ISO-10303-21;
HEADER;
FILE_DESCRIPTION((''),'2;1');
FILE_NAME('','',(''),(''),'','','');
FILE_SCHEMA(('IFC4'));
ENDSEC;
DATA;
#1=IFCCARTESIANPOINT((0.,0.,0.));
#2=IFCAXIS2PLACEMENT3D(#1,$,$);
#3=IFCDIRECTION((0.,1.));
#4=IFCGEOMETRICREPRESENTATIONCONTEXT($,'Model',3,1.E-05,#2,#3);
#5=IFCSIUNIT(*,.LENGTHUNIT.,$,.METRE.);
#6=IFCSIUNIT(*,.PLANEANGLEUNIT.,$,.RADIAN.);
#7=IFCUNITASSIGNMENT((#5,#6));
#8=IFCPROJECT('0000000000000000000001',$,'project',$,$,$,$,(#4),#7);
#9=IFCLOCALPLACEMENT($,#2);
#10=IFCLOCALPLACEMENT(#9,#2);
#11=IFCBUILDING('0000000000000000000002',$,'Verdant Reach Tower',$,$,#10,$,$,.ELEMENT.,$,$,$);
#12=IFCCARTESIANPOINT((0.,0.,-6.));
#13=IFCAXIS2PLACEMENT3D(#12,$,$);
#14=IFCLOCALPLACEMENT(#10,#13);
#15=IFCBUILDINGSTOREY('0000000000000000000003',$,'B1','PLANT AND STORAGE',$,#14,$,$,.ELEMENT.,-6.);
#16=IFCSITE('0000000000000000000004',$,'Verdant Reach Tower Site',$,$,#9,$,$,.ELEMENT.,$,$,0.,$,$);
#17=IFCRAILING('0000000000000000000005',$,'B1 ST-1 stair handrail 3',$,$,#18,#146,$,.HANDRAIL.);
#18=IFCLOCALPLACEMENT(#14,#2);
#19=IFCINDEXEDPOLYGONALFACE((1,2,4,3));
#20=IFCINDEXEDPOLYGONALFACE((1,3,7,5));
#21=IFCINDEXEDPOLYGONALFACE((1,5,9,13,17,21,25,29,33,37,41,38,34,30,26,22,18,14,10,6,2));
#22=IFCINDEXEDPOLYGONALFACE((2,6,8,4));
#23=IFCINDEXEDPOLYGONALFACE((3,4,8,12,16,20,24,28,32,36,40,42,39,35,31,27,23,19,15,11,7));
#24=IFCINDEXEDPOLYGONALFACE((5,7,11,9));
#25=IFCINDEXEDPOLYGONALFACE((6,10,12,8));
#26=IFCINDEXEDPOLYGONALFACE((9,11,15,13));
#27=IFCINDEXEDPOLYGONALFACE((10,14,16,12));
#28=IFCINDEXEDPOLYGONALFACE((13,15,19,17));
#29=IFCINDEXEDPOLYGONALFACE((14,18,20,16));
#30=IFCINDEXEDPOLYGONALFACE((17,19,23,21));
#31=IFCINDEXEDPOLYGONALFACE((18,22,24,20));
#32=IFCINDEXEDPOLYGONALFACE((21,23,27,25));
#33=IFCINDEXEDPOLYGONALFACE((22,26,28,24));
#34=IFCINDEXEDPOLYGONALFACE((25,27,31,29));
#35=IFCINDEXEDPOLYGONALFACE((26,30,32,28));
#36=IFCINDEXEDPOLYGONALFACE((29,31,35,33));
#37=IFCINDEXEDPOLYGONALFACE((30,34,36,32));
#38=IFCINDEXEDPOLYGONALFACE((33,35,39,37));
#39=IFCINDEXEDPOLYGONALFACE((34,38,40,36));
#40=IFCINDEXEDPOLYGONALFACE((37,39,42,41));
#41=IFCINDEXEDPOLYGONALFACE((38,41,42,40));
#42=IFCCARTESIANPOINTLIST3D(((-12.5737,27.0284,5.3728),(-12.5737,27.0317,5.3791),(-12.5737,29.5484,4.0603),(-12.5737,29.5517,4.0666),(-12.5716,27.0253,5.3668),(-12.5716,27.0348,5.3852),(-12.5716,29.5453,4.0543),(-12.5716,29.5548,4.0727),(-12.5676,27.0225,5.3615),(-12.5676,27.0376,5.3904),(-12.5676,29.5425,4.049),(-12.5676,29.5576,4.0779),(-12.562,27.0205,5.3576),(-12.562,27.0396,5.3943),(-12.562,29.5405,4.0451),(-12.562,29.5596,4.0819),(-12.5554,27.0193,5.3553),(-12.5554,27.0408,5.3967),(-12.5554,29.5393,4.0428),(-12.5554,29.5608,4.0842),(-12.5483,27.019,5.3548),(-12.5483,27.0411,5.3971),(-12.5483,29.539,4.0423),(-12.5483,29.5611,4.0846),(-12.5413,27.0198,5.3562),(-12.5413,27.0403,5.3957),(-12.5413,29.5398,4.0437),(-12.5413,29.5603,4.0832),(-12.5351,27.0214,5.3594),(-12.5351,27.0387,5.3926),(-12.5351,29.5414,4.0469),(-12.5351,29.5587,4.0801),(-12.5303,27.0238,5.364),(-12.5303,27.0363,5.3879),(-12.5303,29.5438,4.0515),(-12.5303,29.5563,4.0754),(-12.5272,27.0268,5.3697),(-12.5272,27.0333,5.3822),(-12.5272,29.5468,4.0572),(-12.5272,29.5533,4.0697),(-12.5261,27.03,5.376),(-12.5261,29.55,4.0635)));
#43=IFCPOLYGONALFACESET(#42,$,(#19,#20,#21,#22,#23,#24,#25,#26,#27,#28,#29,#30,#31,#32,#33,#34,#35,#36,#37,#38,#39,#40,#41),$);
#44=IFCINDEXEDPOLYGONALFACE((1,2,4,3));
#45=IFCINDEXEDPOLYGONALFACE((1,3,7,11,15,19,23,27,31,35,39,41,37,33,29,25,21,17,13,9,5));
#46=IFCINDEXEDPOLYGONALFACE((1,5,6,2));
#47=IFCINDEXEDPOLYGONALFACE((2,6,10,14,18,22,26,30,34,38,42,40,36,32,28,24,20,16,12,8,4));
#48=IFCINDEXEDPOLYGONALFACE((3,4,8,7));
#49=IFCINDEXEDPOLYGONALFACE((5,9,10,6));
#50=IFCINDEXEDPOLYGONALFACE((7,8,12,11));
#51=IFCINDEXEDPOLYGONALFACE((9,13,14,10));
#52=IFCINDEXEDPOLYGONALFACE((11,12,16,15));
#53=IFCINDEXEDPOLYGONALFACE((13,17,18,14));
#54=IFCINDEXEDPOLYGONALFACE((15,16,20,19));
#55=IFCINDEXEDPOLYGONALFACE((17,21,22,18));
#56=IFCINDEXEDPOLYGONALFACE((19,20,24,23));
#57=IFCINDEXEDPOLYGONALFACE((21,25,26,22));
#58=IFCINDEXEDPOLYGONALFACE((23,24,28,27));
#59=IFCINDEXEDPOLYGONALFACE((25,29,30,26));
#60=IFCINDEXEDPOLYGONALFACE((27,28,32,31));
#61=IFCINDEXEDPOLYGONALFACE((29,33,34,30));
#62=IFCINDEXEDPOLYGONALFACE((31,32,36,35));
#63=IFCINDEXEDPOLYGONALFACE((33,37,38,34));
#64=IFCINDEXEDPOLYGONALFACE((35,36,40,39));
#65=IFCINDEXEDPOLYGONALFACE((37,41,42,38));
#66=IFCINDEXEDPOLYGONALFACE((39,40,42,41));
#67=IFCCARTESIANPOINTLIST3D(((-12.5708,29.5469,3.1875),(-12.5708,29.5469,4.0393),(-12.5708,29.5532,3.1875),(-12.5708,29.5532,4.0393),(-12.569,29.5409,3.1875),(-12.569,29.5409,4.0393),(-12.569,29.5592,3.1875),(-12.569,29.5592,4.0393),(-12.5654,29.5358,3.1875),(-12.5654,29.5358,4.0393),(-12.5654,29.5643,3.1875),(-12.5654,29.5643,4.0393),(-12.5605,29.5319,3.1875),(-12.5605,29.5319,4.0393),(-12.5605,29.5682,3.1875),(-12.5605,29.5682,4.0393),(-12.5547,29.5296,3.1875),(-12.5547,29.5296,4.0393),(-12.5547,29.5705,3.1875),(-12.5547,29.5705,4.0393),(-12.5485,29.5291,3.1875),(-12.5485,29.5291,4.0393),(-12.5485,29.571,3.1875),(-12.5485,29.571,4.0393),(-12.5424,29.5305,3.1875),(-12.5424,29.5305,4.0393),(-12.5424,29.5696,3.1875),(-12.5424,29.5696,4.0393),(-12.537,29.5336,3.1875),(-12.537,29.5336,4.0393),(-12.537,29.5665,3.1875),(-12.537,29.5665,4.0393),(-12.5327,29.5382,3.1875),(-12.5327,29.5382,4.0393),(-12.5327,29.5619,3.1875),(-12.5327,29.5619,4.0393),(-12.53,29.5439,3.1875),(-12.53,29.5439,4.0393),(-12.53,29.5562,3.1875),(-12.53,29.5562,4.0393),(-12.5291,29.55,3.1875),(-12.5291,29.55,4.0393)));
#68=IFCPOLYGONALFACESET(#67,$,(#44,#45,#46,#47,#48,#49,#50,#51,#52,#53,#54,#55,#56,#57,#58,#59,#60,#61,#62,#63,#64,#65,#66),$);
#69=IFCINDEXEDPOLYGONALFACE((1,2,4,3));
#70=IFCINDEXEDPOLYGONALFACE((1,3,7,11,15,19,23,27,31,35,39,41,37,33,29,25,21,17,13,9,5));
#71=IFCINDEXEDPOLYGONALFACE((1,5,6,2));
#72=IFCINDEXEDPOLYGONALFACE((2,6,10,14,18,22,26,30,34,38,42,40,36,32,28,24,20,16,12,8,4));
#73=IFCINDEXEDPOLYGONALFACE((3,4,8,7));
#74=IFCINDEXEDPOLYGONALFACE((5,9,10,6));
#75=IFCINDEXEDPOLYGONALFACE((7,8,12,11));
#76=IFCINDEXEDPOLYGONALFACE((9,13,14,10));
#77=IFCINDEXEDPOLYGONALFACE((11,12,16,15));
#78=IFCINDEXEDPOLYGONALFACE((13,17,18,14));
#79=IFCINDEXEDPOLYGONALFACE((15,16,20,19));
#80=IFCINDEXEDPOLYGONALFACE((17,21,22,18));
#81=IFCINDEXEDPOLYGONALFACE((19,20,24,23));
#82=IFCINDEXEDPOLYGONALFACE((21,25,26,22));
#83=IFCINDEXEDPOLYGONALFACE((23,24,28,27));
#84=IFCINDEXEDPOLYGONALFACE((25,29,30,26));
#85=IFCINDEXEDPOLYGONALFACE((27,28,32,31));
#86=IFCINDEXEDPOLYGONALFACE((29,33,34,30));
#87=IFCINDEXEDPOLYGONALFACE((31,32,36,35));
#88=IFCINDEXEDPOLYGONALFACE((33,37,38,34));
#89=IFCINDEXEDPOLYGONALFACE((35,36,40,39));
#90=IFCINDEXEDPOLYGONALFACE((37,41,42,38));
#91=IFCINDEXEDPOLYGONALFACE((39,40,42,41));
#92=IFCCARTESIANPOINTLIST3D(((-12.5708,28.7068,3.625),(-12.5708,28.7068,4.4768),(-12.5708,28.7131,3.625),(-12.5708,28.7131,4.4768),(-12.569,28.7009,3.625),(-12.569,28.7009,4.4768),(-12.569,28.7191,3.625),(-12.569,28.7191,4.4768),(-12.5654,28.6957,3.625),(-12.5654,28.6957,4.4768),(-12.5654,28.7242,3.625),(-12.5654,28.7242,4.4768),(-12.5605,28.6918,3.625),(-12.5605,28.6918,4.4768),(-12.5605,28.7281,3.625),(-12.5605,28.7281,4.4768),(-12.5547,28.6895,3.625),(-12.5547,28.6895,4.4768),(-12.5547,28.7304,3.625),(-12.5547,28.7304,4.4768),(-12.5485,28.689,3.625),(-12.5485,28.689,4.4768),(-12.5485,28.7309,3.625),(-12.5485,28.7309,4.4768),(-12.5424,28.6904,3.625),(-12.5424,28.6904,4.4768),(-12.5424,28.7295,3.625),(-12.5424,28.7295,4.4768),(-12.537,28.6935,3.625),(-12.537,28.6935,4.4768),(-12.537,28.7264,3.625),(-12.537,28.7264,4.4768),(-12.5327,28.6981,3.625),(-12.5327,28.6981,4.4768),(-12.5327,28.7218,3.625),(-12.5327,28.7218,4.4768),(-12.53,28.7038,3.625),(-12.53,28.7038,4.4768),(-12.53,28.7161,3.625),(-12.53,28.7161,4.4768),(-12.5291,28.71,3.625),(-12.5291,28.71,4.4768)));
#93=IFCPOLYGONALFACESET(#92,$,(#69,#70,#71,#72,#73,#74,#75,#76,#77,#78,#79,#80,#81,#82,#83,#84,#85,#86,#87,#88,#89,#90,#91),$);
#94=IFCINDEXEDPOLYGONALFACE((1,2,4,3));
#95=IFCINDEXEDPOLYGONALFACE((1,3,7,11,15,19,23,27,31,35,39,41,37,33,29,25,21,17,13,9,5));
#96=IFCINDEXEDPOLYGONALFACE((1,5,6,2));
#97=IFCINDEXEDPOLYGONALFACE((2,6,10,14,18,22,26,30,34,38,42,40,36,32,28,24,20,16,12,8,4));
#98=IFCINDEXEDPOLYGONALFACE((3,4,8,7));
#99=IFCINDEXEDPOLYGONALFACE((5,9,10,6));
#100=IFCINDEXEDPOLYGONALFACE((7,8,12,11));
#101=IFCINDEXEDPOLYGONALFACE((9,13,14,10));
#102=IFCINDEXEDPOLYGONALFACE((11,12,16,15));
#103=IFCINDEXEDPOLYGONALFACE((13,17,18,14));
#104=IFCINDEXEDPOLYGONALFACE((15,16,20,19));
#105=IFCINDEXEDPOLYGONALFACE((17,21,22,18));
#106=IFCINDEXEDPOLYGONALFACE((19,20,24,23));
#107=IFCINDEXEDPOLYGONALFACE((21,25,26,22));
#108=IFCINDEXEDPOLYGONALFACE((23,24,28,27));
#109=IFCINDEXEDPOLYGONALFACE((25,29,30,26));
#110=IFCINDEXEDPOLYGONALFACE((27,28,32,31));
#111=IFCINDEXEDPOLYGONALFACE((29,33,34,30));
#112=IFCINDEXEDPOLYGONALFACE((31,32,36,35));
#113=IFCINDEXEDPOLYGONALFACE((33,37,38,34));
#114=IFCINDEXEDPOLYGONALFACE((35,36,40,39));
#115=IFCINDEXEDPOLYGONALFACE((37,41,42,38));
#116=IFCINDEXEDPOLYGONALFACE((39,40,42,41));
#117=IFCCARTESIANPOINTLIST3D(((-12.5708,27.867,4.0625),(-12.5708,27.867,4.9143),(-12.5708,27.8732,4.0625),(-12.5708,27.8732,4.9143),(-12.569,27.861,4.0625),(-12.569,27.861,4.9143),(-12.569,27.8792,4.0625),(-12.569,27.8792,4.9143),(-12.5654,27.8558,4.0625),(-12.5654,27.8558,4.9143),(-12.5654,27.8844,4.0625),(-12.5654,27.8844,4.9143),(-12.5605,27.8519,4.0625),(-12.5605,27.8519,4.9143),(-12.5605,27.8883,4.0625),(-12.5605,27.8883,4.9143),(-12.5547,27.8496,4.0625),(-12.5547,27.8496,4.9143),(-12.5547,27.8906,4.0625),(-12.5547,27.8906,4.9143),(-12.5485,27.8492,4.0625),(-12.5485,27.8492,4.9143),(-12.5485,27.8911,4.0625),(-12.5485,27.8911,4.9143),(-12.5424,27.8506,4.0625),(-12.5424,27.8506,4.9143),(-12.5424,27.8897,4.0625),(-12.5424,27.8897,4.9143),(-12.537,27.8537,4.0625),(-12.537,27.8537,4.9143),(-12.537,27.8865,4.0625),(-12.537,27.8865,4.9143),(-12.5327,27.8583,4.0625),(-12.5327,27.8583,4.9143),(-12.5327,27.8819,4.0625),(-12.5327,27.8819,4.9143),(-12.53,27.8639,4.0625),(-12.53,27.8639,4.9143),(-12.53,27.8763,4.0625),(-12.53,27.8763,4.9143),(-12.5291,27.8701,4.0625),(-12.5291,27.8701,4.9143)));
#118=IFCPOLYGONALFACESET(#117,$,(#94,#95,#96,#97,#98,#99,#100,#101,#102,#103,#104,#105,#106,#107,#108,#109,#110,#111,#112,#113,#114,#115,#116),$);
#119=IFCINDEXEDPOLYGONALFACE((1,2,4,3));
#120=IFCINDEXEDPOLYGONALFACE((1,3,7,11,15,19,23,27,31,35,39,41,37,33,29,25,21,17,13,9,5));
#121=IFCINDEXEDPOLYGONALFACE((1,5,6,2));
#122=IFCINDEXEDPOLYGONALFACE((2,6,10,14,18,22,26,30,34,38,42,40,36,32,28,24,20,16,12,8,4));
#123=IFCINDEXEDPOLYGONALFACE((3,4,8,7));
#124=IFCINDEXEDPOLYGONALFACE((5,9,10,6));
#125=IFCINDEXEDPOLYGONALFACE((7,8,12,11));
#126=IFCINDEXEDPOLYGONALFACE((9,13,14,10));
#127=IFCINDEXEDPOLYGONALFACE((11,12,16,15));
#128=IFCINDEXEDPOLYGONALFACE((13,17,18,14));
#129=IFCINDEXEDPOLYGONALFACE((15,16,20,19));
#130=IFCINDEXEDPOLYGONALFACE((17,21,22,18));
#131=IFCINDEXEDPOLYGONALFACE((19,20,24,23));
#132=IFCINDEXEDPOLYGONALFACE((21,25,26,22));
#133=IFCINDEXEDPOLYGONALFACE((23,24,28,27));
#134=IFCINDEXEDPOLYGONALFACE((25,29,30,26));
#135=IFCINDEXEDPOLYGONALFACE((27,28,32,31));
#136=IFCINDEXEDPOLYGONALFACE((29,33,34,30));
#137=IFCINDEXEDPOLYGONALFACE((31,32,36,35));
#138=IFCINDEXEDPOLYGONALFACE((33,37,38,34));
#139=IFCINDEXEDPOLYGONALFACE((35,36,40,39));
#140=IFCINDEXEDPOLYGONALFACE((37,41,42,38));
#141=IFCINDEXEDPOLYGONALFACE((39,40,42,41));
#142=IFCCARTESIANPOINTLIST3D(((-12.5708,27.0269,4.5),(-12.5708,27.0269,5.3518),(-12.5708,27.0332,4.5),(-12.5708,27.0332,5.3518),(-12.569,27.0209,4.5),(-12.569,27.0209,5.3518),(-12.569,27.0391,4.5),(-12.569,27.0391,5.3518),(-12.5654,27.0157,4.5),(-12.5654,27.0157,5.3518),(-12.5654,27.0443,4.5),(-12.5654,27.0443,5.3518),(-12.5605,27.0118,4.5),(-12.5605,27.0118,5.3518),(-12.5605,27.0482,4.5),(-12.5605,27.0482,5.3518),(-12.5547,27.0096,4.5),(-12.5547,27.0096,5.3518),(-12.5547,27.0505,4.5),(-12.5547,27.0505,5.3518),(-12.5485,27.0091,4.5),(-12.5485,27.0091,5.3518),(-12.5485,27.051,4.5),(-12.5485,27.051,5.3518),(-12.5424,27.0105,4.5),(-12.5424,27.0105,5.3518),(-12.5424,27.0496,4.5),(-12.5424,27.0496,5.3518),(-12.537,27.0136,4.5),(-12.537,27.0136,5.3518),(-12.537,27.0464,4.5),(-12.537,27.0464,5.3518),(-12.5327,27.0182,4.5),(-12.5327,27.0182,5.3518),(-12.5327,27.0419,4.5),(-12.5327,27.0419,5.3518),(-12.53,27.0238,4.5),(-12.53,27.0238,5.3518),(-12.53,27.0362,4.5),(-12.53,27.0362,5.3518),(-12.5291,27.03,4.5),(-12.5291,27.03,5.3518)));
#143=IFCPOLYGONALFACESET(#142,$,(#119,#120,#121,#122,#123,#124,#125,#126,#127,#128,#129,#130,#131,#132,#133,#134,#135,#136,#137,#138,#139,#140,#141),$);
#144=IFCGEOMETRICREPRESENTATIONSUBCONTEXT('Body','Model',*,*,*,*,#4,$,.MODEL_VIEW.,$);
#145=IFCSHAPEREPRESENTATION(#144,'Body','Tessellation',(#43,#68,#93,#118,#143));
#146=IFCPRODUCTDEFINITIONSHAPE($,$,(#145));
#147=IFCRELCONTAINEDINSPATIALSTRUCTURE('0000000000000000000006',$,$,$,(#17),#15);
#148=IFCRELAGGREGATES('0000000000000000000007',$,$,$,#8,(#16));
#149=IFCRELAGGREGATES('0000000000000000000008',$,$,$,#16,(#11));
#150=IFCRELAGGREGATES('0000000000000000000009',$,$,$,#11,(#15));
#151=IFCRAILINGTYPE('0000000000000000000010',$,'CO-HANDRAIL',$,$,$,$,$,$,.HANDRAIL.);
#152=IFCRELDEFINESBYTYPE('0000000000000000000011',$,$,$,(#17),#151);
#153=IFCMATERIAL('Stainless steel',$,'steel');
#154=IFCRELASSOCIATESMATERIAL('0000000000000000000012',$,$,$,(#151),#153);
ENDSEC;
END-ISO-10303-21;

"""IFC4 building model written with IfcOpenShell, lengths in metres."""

from ifc_helpers import new_model, si_unit, direction, frame, origin, origin_2d, place, context, subcontext, project, spatial, circle, extrude, material, type_object, element, save


model = new_model("IFC4")

# Units and contexts
model_context = context("Model", 3, precision=1e-05, world=origin(), true_north=direction((0.0, 1.0)))
body_context = subcontext(model_context, "Body", "Model", "MODEL_VIEW")
ifc_project = project(units=[si_unit("LENGTHUNIT", "METRE"), si_unit("PLANEANGLEUNIT", "RADIAN")], contexts=[model_context])

# Site, building, storey
site_placement = place(None, origin())
site = spatial("IfcSite", under=ifc_project, at=site_placement, Name="Verdant Reach Tower Site", CompositionType="ELEMENT", RefElevation=0.0)
building_placement = place(site_placement, origin())
building = spatial("IfcBuilding", under=site, at=building_placement, Name="Verdant Reach Tower", CompositionType="ELEMENT")
storey_placement = place(building_placement, frame((0.0, 0.0, -6.0)))
storey = spatial("IfcBuildingStorey", under=building, at=storey_placement, Name="B1", Description="PLANT AND STORAGE", CompositionType="ELEMENT", Elevation=-6.0)

# Shared definitions
ifc_material_1 = material(Name="Stainless steel", Category="steel")

# Railing
railing_type = type_object("IfcRailingType", Name="CO-HANDRAIL", PredefinedType="HANDRAIL", material=ifc_material_1)
for number, where, name in (
    (1, (-12.55, 29.55, 3.1875), "B1 ST-1 stair handrail 3"),
):
    element("IfcRailing", number, at=place(storey_placement, frame(where)), inside=storey, type_object=railing_type, Name=name, PredefinedType="HANDRAIL", context=body_context, shape_type="SweptSolid", body=[
        extrude(circle(Radius=0.0239, at=origin_2d()), frame((0.0, 0.0, 0.876), z_axis=(0.0, -0.886916, 0.461932), x_axis=(1.0, 0.0, 0.0)), (0.0, 0.0, 1.0), 2.8413),
        extrude(circle(Radius=0.021, at=origin_2d()), origin(), (0.0, 0.0, 1.0), 0.8518),
        extrude(circle(Radius=0.021, at=origin_2d()), frame((0.0, -0.8401, 0.4375)), (0.0, 0.0, 1.0), 0.8518),
        extrude(circle(Radius=0.021, at=origin_2d()), frame((0.0, -1.6799, 0.875)), (0.0, 0.0, 1.0), 0.8518),
        extrude(circle(Radius=0.021, at=origin_2d()), frame((0.0, -2.52, 1.3125)), (0.0, 0.0, 1.0), 0.8518),
    ])

save(model, "model.ifc")
